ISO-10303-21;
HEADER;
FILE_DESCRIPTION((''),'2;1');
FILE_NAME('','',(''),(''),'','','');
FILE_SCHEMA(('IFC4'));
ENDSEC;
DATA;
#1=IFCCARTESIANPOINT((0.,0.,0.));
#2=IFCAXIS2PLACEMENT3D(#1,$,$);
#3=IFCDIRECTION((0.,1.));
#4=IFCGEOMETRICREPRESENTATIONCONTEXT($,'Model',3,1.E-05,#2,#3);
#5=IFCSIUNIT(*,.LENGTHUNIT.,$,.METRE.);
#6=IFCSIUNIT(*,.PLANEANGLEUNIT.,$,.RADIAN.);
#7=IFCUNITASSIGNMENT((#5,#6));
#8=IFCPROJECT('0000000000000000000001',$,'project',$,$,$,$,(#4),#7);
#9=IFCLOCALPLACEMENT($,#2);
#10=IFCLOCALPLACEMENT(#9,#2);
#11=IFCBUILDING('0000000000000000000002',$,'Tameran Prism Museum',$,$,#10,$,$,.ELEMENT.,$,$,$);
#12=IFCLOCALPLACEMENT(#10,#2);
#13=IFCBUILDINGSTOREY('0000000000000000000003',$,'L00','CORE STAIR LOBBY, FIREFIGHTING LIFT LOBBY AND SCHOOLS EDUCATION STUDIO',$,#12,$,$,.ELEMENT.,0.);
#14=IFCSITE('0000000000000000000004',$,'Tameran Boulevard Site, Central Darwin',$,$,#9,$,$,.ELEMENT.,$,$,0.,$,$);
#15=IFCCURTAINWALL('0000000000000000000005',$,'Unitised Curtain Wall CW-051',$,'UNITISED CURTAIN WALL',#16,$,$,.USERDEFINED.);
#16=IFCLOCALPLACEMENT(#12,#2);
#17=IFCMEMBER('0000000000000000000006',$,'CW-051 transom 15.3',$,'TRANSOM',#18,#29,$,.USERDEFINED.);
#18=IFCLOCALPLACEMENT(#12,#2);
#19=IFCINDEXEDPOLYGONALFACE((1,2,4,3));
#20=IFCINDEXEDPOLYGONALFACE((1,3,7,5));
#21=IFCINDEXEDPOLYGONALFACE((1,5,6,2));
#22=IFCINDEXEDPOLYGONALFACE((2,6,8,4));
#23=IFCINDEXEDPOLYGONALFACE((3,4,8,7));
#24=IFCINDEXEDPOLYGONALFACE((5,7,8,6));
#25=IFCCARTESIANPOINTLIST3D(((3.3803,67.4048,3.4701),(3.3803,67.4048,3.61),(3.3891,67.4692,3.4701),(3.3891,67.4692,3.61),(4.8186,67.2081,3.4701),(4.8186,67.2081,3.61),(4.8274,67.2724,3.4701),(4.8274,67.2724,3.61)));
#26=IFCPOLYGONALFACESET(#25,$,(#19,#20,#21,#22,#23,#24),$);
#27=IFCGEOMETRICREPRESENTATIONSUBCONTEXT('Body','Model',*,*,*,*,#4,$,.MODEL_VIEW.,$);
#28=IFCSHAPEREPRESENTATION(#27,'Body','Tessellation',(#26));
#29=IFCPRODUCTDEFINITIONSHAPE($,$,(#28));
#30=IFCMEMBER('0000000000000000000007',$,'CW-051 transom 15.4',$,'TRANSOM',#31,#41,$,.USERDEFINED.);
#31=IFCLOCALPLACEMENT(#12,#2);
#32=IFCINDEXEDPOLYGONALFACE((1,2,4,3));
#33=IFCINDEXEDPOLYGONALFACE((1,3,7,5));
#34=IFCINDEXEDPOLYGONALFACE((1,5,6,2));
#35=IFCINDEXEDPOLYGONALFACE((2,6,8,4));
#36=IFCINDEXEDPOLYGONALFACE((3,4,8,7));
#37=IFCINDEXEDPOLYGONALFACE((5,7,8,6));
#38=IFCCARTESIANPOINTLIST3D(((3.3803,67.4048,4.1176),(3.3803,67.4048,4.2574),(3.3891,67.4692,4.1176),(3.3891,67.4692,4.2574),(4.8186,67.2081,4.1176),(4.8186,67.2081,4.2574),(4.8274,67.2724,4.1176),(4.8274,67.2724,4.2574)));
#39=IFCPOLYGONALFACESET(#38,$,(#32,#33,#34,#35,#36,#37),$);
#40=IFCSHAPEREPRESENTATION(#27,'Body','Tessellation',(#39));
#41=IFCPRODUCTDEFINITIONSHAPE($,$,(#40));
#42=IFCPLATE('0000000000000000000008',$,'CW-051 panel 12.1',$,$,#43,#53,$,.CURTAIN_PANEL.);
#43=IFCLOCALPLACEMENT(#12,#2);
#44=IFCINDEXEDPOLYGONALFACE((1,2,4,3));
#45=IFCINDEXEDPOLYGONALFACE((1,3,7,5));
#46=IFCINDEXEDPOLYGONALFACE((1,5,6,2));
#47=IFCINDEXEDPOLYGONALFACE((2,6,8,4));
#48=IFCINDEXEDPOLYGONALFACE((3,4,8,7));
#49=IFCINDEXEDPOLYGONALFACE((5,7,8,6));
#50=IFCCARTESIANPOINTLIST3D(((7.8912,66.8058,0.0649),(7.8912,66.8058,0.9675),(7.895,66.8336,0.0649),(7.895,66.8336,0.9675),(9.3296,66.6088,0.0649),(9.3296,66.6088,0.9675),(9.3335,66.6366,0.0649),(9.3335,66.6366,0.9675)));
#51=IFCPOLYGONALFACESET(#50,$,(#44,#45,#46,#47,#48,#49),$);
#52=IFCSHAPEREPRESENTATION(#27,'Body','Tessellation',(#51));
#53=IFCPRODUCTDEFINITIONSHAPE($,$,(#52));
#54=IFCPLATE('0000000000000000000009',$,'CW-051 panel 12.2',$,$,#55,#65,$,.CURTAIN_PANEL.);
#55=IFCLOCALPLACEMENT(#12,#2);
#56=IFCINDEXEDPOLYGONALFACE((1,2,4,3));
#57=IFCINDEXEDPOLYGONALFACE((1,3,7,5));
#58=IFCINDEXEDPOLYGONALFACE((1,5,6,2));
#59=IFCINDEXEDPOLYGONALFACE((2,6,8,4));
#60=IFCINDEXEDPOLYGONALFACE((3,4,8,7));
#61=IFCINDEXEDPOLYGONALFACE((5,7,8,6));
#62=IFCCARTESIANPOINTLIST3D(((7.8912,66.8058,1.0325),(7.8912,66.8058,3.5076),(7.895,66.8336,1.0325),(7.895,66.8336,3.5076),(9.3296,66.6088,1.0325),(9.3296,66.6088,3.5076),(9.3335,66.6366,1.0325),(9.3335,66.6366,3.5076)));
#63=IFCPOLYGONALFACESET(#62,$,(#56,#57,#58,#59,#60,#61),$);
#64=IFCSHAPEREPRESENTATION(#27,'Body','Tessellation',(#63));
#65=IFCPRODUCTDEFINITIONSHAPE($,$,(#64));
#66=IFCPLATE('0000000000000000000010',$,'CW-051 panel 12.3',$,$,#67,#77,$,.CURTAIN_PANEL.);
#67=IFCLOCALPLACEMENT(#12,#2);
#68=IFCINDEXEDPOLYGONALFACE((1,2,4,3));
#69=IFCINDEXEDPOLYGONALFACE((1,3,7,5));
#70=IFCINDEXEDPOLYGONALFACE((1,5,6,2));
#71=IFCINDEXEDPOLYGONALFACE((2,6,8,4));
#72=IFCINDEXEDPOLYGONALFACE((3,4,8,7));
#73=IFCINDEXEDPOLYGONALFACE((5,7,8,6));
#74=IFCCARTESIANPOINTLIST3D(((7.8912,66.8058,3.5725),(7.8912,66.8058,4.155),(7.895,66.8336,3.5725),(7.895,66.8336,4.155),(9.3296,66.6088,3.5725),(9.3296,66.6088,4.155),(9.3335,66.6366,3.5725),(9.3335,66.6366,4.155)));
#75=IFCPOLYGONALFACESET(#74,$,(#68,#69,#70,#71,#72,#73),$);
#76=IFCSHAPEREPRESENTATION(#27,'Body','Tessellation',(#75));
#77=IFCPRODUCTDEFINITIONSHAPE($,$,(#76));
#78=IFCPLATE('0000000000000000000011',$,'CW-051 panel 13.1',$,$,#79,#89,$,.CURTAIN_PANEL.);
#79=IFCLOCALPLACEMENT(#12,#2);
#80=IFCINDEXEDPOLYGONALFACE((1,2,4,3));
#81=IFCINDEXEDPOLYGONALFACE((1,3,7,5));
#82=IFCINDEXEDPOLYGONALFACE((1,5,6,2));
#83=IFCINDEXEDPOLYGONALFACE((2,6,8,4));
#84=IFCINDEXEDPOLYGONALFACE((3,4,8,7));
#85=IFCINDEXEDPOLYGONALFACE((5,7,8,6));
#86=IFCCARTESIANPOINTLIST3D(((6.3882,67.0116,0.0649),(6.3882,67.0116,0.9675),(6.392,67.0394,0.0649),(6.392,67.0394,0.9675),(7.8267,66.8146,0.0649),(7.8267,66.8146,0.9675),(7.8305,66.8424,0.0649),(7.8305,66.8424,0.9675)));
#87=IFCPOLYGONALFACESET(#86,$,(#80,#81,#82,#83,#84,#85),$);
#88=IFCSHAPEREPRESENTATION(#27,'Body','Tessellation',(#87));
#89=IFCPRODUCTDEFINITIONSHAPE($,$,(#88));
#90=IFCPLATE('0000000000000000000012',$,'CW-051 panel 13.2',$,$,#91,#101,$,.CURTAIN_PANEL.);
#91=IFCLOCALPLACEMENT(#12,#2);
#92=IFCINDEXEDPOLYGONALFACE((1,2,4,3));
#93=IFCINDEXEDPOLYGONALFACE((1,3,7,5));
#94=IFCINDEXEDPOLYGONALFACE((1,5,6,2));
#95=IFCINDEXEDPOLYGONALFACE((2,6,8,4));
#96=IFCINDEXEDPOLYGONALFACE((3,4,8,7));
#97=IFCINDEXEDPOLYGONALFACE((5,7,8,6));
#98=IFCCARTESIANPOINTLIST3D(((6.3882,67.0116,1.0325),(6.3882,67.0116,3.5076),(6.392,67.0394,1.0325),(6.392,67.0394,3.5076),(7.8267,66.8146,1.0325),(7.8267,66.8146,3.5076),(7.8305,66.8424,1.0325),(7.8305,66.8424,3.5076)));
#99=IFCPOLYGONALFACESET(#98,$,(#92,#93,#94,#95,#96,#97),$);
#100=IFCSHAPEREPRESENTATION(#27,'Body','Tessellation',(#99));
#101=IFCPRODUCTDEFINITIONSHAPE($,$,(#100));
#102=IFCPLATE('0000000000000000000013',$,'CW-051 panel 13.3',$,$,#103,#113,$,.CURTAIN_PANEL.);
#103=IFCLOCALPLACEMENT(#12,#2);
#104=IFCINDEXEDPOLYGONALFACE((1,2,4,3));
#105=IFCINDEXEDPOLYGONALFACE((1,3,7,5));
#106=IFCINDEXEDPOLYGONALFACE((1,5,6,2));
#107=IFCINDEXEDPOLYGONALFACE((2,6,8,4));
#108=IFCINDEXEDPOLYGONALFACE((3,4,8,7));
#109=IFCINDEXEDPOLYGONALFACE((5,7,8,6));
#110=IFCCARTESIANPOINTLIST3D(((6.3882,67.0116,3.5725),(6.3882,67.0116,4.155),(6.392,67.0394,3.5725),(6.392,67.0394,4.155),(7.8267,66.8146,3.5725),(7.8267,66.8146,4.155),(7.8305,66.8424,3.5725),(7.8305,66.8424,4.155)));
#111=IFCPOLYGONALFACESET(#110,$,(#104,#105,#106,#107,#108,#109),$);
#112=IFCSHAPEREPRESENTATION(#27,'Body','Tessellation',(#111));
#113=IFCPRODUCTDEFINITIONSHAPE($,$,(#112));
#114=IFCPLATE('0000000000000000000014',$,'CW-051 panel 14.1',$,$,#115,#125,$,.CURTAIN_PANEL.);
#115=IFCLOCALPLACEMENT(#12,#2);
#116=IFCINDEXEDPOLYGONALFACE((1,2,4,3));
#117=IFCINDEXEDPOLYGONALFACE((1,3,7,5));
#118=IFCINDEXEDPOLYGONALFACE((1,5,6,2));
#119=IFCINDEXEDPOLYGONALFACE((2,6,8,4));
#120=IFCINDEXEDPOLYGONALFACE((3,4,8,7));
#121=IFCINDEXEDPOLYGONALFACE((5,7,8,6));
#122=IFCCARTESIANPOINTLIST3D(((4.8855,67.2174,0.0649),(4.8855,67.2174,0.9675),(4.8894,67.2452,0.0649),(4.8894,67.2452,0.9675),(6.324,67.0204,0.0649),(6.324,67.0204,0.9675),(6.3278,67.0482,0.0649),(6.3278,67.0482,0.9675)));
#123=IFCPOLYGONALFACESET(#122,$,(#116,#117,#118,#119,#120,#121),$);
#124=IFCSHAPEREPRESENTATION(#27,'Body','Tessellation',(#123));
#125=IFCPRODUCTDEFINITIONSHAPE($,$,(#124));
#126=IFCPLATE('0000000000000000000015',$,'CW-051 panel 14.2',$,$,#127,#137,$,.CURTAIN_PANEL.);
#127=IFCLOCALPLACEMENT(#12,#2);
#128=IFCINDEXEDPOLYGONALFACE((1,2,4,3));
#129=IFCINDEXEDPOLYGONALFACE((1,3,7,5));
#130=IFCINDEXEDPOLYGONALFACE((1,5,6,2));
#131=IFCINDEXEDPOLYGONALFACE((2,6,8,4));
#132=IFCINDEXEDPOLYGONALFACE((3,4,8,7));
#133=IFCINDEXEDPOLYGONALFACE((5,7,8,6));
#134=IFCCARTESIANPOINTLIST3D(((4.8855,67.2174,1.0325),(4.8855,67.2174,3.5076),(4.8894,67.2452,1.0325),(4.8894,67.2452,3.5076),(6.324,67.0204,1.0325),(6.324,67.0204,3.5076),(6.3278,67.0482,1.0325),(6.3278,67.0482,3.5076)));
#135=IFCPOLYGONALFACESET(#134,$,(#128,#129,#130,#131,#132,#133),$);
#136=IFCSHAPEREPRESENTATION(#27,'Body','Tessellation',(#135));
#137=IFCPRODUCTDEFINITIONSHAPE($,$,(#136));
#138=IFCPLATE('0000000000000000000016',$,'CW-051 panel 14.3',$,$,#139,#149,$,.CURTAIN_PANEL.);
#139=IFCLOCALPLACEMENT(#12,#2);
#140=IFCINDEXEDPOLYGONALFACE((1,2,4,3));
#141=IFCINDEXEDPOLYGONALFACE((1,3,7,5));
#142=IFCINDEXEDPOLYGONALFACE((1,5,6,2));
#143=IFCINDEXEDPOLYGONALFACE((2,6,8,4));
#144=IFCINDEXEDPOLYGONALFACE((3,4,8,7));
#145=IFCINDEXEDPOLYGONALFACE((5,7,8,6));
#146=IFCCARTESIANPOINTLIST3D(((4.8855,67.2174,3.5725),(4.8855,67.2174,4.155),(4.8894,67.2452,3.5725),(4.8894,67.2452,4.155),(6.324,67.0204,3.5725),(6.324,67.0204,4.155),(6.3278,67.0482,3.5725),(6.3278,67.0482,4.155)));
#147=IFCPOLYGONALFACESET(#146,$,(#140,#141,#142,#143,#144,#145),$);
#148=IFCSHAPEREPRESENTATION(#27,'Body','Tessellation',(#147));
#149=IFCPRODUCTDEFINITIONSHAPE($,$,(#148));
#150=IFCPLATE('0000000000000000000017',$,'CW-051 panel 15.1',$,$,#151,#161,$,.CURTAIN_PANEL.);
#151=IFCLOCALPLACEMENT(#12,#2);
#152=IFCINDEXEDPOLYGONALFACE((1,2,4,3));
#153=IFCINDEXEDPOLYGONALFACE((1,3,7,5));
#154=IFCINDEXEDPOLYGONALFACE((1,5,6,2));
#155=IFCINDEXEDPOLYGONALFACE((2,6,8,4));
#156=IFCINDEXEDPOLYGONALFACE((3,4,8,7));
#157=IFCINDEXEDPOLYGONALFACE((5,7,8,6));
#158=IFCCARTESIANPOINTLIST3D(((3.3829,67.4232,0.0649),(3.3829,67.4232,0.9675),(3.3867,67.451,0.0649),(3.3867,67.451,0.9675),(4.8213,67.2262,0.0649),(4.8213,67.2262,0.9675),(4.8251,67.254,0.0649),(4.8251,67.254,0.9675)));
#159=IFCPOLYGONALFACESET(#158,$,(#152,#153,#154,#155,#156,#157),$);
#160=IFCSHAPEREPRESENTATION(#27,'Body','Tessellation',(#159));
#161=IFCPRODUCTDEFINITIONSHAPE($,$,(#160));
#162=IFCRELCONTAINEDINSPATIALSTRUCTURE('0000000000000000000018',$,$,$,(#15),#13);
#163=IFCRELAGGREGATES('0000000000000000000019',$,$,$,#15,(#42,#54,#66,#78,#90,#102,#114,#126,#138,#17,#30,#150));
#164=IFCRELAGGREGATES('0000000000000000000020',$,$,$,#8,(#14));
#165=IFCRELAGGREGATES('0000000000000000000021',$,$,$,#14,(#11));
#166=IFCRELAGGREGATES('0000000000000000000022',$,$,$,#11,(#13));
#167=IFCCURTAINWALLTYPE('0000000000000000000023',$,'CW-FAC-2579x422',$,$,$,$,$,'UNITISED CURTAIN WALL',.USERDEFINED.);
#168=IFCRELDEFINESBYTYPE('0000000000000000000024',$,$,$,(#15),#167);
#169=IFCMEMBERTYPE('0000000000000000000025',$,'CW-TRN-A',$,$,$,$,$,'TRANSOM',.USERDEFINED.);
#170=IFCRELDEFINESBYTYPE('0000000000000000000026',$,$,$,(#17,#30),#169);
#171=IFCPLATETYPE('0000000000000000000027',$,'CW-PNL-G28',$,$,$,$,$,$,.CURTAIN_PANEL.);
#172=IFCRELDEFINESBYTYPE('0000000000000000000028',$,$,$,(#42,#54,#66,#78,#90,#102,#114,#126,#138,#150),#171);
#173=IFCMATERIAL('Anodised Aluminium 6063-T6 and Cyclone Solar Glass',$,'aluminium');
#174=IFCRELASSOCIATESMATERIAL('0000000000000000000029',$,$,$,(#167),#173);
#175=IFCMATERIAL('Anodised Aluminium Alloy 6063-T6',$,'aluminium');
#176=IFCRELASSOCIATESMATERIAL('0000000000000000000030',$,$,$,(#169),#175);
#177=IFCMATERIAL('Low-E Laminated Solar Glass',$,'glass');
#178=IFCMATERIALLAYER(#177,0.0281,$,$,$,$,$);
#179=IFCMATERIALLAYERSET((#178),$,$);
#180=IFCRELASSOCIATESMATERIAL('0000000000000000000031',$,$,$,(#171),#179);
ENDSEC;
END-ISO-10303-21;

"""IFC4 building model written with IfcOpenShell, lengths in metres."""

from ifc_helpers import new_model, si_unit, direction, frame, origin, origin_2d, place, context, subcontext, project, spatial, rectangle, extrude, material, layer, layer_set, material_profile, profile_set, type_object, element, aggregate, save


model = new_model("IFC4")

# Units and contexts
model_context = context("Model", 3, precision=1e-05, world=origin(), true_north=direction((0.0, 1.0)))
body_context = subcontext(model_context, "Body", "Model", "MODEL_VIEW")
ifc_project = project(units=[si_unit("LENGTHUNIT", "METRE"), si_unit("PLANEANGLEUNIT", "RADIAN")], contexts=[model_context])

# Site, building, storey
site_placement = place(None, origin())
site = spatial("IfcSite", under=ifc_project, at=site_placement, Name="Tameran Boulevard Site, Central Darwin", CompositionType="ELEMENT", RefElevation=0.0)
building_placement = place(site_placement, origin())
building = spatial("IfcBuilding", under=site, at=building_placement, Name="Tameran Prism Museum", CompositionType="ELEMENT")
storey_placement = place(building_placement, origin())
storey = spatial("IfcBuildingStorey", under=building, at=storey_placement, Name="L00", Description="CORE STAIR LOBBY, FIREFIGHTING LIFT LOBBY AND SCHOOLS EDUCATION STUDIO", CompositionType="ELEMENT", Elevation=0.0)

# Curtain wall, members, plates
ifc_material_1 = material(Name="Anodised Aluminium 6063-T6 and Cyclone Solar Glass", Category="aluminium")
curtain_wall_type = type_object("IfcCurtainWallType", Name="CW-FAC-2579x422", ElementType="UNITISED CURTAIN WALL", PredefinedType="USERDEFINED", material=ifc_material_1)
curtain_wall_placement = place(storey_placement, origin())
curtain_wall = element("IfcCurtainWall", 1, at=curtain_wall_placement, inside=storey, type_object=curtain_wall_type, Name="Unitised Curtain Wall CW-051", ObjectType="UNITISED CURTAIN WALL", PredefinedType="USERDEFINED")
ifc_material_2 = material(Name="Anodised Aluminium Alloy 6063-T6", Category="aluminium")
ifc_material_profile_1 = material_profile(ifc_material_2, rectangle(XDim=0.0649, YDim=0.1399, at=origin_2d()))
ifc_profile_set_1 = profile_set([ifc_material_profile_1])
member_type_1 = type_object("IfcMemberType", Name="CW-TRN-A", ElementType="TRANSOM", PredefinedType="USERDEFINED", material=ifc_profile_set_1)
member_1_placement = place(storey_placement, frame((4.823, 67.2402, 3.54), z_axis=(-0.99077, 0.135556, 0.0), x_axis=(-0.135556, -0.99077, 0.0)))
member_1 = element("IfcMember", 2, at=member_1_placement, type_object=member_type_1, Name="CW-051 transom 15.3", ObjectType="TRANSOM", PredefinedType="USERDEFINED", context=body_context, shape_type="SweptSolid", body=[
    extrude(rectangle(XDim=0.0649, YDim=0.1399, at=origin_2d()), origin(), (0.0, 0.0, 1.0), 1.4517),
])
member_2_placement = place(storey_placement, frame((4.823, 67.2402, 4.1875), z_axis=(-0.99077, 0.135556, 0.0), x_axis=(-0.135556, -0.99077, 0.0)))
member_2 = element("IfcMember", 3, at=member_2_placement, type_object=member_type_1, Name="CW-051 transom 15.4", ObjectType="TRANSOM", PredefinedType="USERDEFINED", context=body_context, shape_type="SweptSolid", body=[
    extrude(rectangle(XDim=0.0649, YDim=0.1399, at=origin_2d()), origin(), (0.0, 0.0, 1.0), 1.4517),
])
ifc_material_3 = material(Name="Low-E Laminated Solar Glass", Category="glass")
ifc_layer = layer(ifc_material_3, 0.0281)
ifc_layer_set = layer_set([ifc_layer])
plate_type = type_object("IfcPlateType", Name="CW-PNL-G28", PredefinedType="CURTAIN_PANEL", material=ifc_layer_set)
plate_1_placement = place(storey_placement, frame((8.6123, 66.7212, 0.0649), z_axis=(0.0, 0.0, 1.0), x_axis=(-0.990756, 0.135658, 0.0)))
plate_1 = element("IfcPlate", 4, at=plate_1_placement, type_object=plate_type, Name="CW-051 panel 12.1", PredefinedType="CURTAIN_PANEL", context=body_context, shape_type="SweptSolid", body=[
    extrude(rectangle(XDim=1.4519, YDim=0.0281, at=origin_2d()), origin(), (0.0, 0.0, 1.0), 0.9026),
])
plate_2_placement = place(storey_placement, frame((8.6123, 66.7212, 1.0325), z_axis=(0.0, 0.0, 1.0), x_axis=(-0.990756, 0.135658, 0.0)))
plate_2 = element("IfcPlate", 5, at=plate_2_placement, type_object=plate_type, Name="CW-051 panel 12.2", PredefinedType="CURTAIN_PANEL", context=body_context, shape_type="SweptSolid", body=[
    extrude(rectangle(XDim=1.4519, YDim=0.0281, at=origin_2d()), origin(), (0.0, 0.0, 1.0), 2.4751),
])
plate_3_placement = place(storey_placement, frame((8.6123, 66.7212, 3.5725), z_axis=(0.0, 0.0, 1.0), x_axis=(-0.990756, 0.135658, 0.0)))
plate_3 = element("IfcPlate", 6, at=plate_3_placement, type_object=plate_type, Name="CW-051 panel 12.3", PredefinedType="CURTAIN_PANEL", context=body_context, shape_type="SweptSolid", body=[
    extrude(rectangle(XDim=1.4519, YDim=0.0281, at=origin_2d()), origin(), (0.0, 0.0, 1.0), 0.5825),
])
plate_4_placement = place(storey_placement, frame((7.1094, 66.927, 0.0649), z_axis=(0.0, 0.0, 1.0), x_axis=(-0.990756, 0.135658, 0.0)))
plate_4 = element("IfcPlate", 7, at=plate_4_placement, type_object=plate_type, Name="CW-051 panel 13.1", PredefinedType="CURTAIN_PANEL", context=body_context, shape_type="SweptSolid", body=[
    extrude(rectangle(XDim=1.4519, YDim=0.0281, at=origin_2d()), origin(), (0.0, 0.0, 1.0), 0.9026),
])
plate_5_placement = place(storey_placement, frame((7.1094, 66.927, 1.0325), z_axis=(0.0, 0.0, 1.0), x_axis=(-0.990756, 0.135658, 0.0)))
plate_5 = element("IfcPlate", 8, at=plate_5_placement, type_object=plate_type, Name="CW-051 panel 13.2", PredefinedType="CURTAIN_PANEL", context=body_context, shape_type="SweptSolid", body=[
    extrude(rectangle(XDim=1.4519, YDim=0.0281, at=origin_2d()), origin(), (0.0, 0.0, 1.0), 2.4751),
])
plate_6_placement = place(storey_placement, frame((7.1094, 66.927, 3.5725), z_axis=(0.0, 0.0, 1.0), x_axis=(-0.990756, 0.135658, 0.0)))
plate_6 = element("IfcPlate", 9, at=plate_6_placement, type_object=plate_type, Name="CW-051 panel 13.3", PredefinedType="CURTAIN_PANEL", context=body_context, shape_type="SweptSolid", body=[
    extrude(rectangle(XDim=1.4519, YDim=0.0281, at=origin_2d()), origin(), (0.0, 0.0, 1.0), 0.5825),
])
plate_7_placement = place(storey_placement, frame((5.6067, 67.1328, 0.0649), z_axis=(0.0, 0.0, 1.0), x_axis=(-0.990756, 0.135658, 0.0)))
plate_7 = element("IfcPlate", 10, at=plate_7_placement, type_object=plate_type, Name="CW-051 panel 14.1", PredefinedType="CURTAIN_PANEL", context=body_context, shape_type="SweptSolid", body=[
    extrude(rectangle(XDim=1.4519, YDim=0.0281, at=origin_2d()), origin(), (0.0, 0.0, 1.0), 0.9026),
])
plate_8_placement = place(storey_placement, frame((5.6067, 67.1328, 1.0325), z_axis=(0.0, 0.0, 1.0), x_axis=(-0.990756, 0.135658, 0.0)))
plate_8 = element("IfcPlate", 11, at=plate_8_placement, type_object=plate_type, Name="CW-051 panel 14.2", PredefinedType="CURTAIN_PANEL", context=body_context, shape_type="SweptSolid", body=[
    extrude(rectangle(XDim=1.4519, YDim=0.0281, at=origin_2d()), origin(), (0.0, 0.0, 1.0), 2.4751),
])
plate_9_placement = place(storey_placement, frame((5.6067, 67.1328, 3.5725), z_axis=(0.0, 0.0, 1.0), x_axis=(-0.990756, 0.135658, 0.0)))
plate_9 = element("IfcPlate", 12, at=plate_9_placement, type_object=plate_type, Name="CW-051 panel 14.3", PredefinedType="CURTAIN_PANEL", context=body_context, shape_type="SweptSolid", body=[
    extrude(rectangle(XDim=1.4519, YDim=0.0281, at=origin_2d()), origin(), (0.0, 0.0, 1.0), 0.5825),
])
plate_10_placement = place(storey_placement, frame((4.104, 67.3386, 0.0649), z_axis=(0.0, 0.0, 1.0), x_axis=(-0.990756, 0.135658, 0.0)))
plate_10 = element("IfcPlate", 13, at=plate_10_placement, type_object=plate_type, Name="CW-051 panel 15.1", PredefinedType="CURTAIN_PANEL", context=body_context, shape_type="SweptSolid", body=[
    extrude(rectangle(XDim=1.4519, YDim=0.0281, at=origin_2d()), origin(), (0.0, 0.0, 1.0), 0.9026),
])
aggregate(curtain_wall, [plate_1, plate_2, plate_3, plate_4, plate_5, plate_6, plate_7, plate_8, plate_9, member_1, member_2, plate_10])

save(model, "model.ifc")
